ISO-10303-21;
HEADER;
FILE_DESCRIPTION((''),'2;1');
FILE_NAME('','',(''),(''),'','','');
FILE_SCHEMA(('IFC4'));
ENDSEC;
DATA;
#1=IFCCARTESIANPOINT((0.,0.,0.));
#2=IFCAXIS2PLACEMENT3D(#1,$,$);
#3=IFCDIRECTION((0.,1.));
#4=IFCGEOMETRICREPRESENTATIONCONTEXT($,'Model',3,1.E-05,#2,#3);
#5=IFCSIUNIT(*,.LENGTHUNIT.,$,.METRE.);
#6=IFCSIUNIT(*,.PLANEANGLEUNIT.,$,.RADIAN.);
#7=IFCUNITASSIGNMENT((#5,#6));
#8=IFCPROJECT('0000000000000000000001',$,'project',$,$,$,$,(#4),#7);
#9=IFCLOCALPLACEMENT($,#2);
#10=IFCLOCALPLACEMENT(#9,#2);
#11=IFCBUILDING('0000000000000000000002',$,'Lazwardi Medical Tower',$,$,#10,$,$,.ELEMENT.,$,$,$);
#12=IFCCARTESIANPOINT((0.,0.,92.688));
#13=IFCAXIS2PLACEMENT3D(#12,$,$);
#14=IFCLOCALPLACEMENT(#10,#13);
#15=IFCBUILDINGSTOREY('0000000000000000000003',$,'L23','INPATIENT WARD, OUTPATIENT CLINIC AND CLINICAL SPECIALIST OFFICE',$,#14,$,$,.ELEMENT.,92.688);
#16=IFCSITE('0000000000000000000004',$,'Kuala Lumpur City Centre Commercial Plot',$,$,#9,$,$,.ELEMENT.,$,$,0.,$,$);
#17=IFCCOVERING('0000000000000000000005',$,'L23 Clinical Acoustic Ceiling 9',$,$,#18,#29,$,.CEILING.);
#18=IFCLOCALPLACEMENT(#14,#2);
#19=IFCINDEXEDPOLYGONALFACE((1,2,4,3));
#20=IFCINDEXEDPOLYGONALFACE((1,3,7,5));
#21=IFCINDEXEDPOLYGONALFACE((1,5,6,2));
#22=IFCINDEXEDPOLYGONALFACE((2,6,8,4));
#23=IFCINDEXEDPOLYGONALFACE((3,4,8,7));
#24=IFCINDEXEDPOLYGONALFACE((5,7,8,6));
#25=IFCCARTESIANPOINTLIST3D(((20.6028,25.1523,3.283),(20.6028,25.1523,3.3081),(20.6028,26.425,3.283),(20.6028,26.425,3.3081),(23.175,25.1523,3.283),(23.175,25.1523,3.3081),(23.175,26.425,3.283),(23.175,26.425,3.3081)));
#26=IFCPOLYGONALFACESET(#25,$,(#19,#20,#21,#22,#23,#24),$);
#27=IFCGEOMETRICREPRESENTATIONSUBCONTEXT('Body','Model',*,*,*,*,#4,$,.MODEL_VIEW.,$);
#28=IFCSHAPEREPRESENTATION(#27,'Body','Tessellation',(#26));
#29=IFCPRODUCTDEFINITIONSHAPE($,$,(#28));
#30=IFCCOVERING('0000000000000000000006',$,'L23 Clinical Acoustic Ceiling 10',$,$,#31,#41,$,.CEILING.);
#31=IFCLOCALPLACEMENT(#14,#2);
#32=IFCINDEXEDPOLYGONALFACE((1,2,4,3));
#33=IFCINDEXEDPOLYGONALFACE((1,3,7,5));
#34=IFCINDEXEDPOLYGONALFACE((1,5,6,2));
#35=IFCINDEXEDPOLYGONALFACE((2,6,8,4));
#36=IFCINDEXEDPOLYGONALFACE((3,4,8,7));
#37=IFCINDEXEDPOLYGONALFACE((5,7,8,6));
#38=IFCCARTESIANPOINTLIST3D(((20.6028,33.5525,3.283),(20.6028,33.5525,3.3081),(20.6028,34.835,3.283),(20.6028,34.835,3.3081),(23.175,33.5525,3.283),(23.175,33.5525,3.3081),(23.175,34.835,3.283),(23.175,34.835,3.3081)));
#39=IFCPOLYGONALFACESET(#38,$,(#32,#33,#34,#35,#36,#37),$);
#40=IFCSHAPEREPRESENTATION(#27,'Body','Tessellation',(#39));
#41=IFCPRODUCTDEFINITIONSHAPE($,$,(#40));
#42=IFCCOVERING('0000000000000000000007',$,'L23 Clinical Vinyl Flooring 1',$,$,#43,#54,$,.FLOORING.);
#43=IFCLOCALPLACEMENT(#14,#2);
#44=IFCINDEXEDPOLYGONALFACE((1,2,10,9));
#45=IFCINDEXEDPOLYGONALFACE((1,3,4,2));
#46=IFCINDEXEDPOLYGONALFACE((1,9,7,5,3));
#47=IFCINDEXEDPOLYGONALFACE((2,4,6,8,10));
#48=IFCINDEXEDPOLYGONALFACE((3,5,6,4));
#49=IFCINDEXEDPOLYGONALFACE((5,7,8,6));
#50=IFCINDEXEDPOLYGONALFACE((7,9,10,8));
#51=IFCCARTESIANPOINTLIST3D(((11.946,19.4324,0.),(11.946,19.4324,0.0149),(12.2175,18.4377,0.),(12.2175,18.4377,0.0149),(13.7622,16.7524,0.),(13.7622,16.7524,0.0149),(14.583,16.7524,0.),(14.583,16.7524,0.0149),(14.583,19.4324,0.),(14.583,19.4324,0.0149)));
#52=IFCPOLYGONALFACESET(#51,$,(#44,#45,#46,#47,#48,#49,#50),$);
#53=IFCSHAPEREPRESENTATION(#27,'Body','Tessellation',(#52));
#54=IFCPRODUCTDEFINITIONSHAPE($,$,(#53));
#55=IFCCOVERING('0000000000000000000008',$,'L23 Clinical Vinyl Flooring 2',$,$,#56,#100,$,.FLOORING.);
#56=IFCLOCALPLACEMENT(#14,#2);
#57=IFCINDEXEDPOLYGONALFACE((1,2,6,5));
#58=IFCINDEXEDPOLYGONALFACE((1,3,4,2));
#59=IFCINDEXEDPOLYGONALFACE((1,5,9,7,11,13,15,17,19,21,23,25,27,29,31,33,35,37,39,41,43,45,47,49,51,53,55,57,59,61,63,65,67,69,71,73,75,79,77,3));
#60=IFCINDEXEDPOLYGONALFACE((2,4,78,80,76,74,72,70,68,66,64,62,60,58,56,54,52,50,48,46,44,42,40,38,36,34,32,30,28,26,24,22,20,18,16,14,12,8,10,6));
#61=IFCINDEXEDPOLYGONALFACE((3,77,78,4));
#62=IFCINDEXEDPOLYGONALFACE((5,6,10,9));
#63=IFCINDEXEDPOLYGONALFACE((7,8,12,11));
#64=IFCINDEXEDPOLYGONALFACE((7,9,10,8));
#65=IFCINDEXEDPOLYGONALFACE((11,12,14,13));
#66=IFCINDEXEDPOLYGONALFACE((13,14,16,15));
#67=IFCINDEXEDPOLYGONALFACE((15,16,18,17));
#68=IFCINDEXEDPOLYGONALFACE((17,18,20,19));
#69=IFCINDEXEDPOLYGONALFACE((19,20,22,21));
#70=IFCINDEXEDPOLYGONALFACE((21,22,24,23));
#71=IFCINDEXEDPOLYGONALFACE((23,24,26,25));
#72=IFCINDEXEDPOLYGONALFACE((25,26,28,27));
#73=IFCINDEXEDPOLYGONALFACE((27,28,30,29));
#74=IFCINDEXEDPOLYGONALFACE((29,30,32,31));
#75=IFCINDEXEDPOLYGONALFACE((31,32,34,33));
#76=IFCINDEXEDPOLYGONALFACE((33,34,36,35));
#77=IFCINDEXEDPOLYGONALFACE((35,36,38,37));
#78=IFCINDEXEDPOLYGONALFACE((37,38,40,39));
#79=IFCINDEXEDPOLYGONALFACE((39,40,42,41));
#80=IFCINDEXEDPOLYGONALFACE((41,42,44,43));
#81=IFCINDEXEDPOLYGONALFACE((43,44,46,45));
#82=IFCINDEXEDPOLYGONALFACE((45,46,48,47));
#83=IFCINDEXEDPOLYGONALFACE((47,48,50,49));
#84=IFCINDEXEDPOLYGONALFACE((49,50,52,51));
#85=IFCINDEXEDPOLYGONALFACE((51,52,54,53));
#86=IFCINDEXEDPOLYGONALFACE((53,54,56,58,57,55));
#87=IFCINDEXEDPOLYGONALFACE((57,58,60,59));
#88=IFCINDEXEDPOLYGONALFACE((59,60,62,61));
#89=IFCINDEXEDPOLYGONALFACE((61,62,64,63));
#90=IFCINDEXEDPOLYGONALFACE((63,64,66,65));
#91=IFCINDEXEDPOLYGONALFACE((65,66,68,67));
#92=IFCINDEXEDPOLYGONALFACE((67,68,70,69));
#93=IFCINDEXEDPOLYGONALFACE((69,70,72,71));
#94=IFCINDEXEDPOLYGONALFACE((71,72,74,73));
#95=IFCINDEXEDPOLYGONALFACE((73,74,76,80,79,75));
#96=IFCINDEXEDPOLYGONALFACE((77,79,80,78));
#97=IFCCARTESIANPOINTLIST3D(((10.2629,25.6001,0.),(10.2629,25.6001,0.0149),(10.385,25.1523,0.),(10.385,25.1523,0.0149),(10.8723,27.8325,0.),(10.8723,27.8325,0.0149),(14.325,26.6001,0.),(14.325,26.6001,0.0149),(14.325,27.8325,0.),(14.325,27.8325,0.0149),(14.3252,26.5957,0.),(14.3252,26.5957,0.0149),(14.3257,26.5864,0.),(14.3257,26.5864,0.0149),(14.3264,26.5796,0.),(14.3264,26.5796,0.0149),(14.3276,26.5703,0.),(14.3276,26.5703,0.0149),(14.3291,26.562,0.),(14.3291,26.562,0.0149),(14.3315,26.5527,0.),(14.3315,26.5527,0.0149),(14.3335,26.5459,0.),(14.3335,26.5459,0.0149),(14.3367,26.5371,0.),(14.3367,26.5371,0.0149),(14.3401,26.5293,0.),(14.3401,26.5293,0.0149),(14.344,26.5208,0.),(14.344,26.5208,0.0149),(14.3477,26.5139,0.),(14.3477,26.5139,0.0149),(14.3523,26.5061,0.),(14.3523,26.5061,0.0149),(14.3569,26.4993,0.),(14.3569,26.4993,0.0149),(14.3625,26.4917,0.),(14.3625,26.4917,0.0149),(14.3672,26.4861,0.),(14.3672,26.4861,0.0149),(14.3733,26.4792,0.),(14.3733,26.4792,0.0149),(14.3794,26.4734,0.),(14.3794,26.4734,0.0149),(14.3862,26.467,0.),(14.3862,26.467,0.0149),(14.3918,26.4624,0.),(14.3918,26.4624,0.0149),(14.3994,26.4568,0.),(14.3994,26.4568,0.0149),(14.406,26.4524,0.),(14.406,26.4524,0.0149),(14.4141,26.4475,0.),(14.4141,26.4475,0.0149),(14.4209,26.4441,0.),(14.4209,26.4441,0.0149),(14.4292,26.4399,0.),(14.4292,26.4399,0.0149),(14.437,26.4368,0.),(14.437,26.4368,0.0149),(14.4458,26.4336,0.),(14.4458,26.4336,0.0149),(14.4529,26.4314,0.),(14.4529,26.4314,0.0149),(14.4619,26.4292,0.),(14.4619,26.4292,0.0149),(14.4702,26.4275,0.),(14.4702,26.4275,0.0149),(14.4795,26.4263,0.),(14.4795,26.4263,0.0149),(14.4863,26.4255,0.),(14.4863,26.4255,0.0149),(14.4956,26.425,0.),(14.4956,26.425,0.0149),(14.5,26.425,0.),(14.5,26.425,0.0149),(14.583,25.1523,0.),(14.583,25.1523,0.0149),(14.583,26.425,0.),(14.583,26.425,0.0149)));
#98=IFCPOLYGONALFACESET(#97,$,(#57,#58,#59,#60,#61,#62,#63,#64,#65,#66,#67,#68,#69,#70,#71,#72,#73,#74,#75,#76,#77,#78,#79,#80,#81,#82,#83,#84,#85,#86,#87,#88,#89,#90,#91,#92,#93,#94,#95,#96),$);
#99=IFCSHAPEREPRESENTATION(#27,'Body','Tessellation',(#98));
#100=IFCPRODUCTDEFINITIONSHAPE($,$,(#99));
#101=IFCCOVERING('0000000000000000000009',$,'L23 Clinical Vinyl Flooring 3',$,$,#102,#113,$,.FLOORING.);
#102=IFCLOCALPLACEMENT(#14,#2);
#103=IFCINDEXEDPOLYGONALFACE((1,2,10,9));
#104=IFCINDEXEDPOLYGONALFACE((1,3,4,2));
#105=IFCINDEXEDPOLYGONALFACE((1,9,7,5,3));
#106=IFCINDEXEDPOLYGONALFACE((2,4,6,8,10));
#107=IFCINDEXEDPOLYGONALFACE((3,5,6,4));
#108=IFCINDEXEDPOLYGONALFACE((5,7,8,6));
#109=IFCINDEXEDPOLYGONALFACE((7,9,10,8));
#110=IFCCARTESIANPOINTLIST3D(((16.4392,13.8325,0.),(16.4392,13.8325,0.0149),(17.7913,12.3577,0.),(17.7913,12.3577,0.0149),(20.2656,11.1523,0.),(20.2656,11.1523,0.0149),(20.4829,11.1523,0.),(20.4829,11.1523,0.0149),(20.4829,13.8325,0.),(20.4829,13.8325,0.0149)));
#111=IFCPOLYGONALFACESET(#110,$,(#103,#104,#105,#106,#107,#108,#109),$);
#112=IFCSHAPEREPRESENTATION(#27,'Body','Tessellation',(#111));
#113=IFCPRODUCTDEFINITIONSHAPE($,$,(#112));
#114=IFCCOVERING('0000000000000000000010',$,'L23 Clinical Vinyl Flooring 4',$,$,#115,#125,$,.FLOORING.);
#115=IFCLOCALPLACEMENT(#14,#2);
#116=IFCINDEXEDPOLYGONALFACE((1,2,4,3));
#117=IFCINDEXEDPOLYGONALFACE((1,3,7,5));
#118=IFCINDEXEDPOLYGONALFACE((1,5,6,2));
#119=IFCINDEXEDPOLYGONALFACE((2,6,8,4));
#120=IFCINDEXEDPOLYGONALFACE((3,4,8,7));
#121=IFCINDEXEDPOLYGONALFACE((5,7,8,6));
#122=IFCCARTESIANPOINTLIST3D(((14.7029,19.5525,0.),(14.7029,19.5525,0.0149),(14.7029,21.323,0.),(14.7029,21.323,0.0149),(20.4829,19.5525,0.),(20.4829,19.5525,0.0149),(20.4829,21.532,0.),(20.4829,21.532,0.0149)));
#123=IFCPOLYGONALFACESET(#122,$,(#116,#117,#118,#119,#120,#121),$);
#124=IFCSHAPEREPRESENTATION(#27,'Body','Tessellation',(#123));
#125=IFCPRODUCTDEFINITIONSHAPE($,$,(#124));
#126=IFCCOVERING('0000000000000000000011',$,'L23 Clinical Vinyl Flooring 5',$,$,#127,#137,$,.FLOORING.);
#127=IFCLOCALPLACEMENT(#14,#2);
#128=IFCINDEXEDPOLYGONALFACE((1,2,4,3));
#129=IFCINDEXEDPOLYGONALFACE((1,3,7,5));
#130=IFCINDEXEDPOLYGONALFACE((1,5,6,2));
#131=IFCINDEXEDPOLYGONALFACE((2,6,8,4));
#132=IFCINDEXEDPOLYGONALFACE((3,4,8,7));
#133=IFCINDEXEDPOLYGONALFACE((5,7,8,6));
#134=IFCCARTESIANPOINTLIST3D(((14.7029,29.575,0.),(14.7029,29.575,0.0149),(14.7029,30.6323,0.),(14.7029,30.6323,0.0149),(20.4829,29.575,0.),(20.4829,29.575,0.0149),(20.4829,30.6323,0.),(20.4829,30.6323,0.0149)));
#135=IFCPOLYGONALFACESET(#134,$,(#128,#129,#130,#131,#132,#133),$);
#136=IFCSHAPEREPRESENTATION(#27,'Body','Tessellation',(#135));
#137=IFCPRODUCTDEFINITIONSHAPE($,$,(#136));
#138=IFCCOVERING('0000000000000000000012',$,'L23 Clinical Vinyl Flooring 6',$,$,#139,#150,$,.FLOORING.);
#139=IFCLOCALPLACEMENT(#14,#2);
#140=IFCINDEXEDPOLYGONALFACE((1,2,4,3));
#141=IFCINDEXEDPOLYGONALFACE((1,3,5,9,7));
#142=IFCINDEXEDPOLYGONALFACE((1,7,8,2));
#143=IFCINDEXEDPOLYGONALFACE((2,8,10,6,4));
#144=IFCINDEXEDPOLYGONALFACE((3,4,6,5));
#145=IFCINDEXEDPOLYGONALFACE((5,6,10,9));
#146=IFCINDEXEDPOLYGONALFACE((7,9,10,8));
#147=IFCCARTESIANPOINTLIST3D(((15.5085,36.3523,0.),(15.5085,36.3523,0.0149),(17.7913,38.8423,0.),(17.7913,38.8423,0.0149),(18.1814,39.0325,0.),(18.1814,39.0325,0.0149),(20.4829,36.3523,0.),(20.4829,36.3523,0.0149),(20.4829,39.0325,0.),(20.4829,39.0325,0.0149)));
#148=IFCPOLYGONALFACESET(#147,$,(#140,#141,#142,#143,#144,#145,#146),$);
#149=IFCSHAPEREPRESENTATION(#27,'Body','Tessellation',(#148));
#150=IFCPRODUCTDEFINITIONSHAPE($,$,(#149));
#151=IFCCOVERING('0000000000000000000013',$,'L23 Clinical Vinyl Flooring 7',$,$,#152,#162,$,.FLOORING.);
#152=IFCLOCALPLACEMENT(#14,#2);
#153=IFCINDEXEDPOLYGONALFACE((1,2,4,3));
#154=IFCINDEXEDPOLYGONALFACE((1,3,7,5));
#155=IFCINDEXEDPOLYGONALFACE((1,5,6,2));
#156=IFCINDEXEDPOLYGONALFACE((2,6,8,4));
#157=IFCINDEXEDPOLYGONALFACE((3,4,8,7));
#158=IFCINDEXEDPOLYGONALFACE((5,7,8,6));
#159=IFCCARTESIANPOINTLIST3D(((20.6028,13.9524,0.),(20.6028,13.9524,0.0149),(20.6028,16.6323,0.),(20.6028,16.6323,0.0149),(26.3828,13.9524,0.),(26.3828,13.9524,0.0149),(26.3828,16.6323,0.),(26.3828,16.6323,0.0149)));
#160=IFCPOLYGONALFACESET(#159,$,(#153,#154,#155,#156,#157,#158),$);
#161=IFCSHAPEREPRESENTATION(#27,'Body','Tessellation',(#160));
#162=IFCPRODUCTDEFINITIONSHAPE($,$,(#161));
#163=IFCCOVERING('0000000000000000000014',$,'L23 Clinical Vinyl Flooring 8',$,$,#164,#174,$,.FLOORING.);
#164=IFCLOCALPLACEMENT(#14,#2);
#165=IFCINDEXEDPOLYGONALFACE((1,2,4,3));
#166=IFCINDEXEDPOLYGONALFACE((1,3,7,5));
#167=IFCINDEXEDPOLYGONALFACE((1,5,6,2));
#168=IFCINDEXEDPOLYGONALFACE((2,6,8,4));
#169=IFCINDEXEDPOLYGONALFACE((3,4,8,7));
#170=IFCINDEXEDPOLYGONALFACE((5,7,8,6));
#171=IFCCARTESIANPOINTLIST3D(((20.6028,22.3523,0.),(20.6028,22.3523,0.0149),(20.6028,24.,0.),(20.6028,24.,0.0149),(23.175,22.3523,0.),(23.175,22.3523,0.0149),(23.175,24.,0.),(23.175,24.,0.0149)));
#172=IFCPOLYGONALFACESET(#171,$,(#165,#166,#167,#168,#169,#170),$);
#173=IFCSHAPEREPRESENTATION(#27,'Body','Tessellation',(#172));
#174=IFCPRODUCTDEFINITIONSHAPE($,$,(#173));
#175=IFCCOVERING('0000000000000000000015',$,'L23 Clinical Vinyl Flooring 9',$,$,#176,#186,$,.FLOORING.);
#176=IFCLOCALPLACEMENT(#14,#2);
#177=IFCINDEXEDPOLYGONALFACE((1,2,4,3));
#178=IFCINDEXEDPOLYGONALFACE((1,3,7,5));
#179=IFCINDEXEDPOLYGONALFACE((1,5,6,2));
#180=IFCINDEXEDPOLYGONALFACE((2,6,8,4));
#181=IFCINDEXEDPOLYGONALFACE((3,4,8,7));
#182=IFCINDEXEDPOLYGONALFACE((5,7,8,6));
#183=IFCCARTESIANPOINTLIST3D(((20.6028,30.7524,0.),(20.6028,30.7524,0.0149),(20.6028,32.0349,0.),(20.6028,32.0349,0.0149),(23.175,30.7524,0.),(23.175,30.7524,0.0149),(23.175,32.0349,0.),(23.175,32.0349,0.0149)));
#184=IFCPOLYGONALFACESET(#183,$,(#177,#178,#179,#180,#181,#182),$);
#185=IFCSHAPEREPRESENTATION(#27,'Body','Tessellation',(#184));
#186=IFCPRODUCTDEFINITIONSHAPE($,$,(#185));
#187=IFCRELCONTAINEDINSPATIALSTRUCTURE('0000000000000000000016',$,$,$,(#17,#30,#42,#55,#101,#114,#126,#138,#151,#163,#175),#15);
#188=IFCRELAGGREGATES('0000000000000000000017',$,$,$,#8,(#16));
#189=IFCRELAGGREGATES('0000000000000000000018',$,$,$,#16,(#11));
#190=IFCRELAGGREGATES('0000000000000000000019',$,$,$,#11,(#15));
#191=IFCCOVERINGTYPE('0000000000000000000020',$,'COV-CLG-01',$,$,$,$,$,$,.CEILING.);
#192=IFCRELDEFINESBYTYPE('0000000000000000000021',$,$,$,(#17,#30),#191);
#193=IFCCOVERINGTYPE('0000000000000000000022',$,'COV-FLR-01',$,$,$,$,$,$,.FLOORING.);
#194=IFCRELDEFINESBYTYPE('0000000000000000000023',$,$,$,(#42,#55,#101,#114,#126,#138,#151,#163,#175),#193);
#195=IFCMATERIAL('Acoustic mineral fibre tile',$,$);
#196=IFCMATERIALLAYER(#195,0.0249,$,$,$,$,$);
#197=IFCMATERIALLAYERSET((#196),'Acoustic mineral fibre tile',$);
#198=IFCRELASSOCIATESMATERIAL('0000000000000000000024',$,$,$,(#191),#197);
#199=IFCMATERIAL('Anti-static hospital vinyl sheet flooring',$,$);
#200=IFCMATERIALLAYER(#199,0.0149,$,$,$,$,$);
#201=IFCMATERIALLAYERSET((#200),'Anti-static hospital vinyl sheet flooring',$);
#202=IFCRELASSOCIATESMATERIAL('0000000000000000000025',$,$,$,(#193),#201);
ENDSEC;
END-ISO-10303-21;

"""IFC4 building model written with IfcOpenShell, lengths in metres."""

from ifc_helpers import new_model, si_unit, direction, frame, origin, place, context, subcontext, project, spatial, polyline, outline, extrude, material, layer, layer_set, type_object, element, save


model = new_model("IFC4")

# Units and contexts
model_context = context("Model", 3, precision=1e-05, world=origin(), true_north=direction((0.0, 1.0)))
body_context = subcontext(model_context, "Body", "Model", "MODEL_VIEW")
ifc_project = project(units=[si_unit("LENGTHUNIT", "METRE"), si_unit("PLANEANGLEUNIT", "RADIAN")], contexts=[model_context])

# Site, building, storey
site_placement = place(None, origin())
site = spatial("IfcSite", under=ifc_project, at=site_placement, Name="Kuala Lumpur City Centre Commercial Plot", CompositionType="ELEMENT", RefElevation=0.0)
building_placement = place(site_placement, origin())
building = spatial("IfcBuilding", under=site, at=building_placement, Name="Lazwardi Medical Tower", CompositionType="ELEMENT")
storey_placement = place(building_placement, frame((0.0, 0.0, 92.688)))
storey = spatial("IfcBuildingStorey", under=building, at=storey_placement, Name="L23", Description="INPATIENT WARD, OUTPATIENT CLINIC AND CLINICAL SPECIALIST OFFICE", CompositionType="ELEMENT", Elevation=92.688)

# Coverings
ifc_material_1 = material(Name="Acoustic mineral fibre tile")
ifc_layer_1 = layer(ifc_material_1, 0.0249)
ifc_layer_set_1 = layer_set([ifc_layer_1], Name="Acoustic mineral fibre tile")
covering_type_1 = type_object("IfcCoveringType", Name="COV-CLG-01", PredefinedType="CEILING", material=ifc_layer_set_1)
covering_1_placement = place(storey_placement, frame((0.0, 0.0, 3.283)))
element("IfcCovering", 1, at=covering_1_placement, inside=storey, type_object=covering_type_1, Name="L23 Clinical Acoustic Ceiling 9", PredefinedType="CEILING", context=body_context, shape_type="SweptSolid", body=[
    extrude(outline(polyline([(23.175, 25.1523), (23.175, 26.425), (20.6028, 26.425), (20.6028, 25.1523), (23.175, 25.1523)])), origin(), (0.0, 0.0, 1.0), 0.0251),
])
covering_2_placement = place(storey_placement, frame((0.0, 0.0, 3.283)))
element("IfcCovering", 2, at=covering_2_placement, inside=storey, type_object=covering_type_1, Name="L23 Clinical Acoustic Ceiling 10", PredefinedType="CEILING", context=body_context, shape_type="SweptSolid", body=[
    extrude(outline(polyline([(23.175, 33.5525), (23.175, 34.835), (20.6028, 34.835), (20.6028, 33.5525), (23.175, 33.5525)])), origin(), (0.0, 0.0, 1.0), 0.0251),
])
ifc_material_2 = material(Name="Anti-static hospital vinyl sheet flooring")
ifc_layer_2 = layer(ifc_material_2, 0.0149)
ifc_layer_set_2 = layer_set([ifc_layer_2], Name="Anti-static hospital vinyl sheet flooring")
covering_type_2 = type_object("IfcCoveringType", Name="COV-FLR-01", PredefinedType="FLOORING", material=ifc_layer_set_2)
covering_3_placement = place(storey_placement, origin())
element("IfcCovering", 3, at=covering_3_placement, inside=storey, type_object=covering_type_2, Name="L23 Clinical Vinyl Flooring 1", PredefinedType="FLOORING", context=body_context, shape_type="SweptSolid", body=[
    extrude(outline(polyline([(11.946, 19.4324), (12.2175, 18.4377), (13.7622, 16.7524), (14.583, 16.7524), (14.583, 19.4324), (11.946, 19.4324)])), origin(), (0.0, 0.0, 1.0), 0.0149),
])
covering_4_placement = place(storey_placement, origin())
element("IfcCovering", 4, at=covering_4_placement, inside=storey, type_object=covering_type_2, Name="L23 Clinical Vinyl Flooring 2", PredefinedType="FLOORING", context=body_context, shape_type="SweptSolid", body=[
    extrude(outline(polyline([(14.583, 26.425), (14.5, 26.425), (14.4956, 26.425), (14.4863, 26.4255), (14.4795, 26.4263), (14.4702, 26.4275), (14.4619, 26.4292), (14.4529, 26.4314), (14.4458, 26.4336), (14.437, 26.4368), (14.4292, 26.4399), (14.4209, 26.4441), (14.4141, 26.4475), (14.406, 26.4524), (14.3994, 26.4568), (14.3918, 26.4624), (14.3862, 26.467), (14.3794, 26.4734), (14.3733, 26.4792), (14.3672, 26.4861), (14.3625, 26.4917), (14.3569, 26.4993), (14.3523, 26.5061), (14.3477, 26.5139), (14.344, 26.5208), (14.3401, 26.5293), (14.3367, 26.5371), (14.3335, 26.5459), (14.3315, 26.5527), (14.3291, 26.562), (14.3276, 26.5703), (14.3264, 26.5796), (14.3257, 26.5864), (14.3252, 26.5957), (14.325, 26.6001), (14.325, 27.8325), (10.8723, 27.8325), (10.2629, 25.6001), (10.385, 25.1523), (14.583, 25.1523), (14.583, 26.425)])), origin(), (0.0, 0.0, 1.0), 0.0149),
])
covering_5_placement = place(storey_placement, origin())
element("IfcCovering", 5, at=covering_5_placement, inside=storey, type_object=covering_type_2, Name="L23 Clinical Vinyl Flooring 3", PredefinedType="FLOORING", context=body_context, shape_type="SweptSolid", body=[
    extrude(outline(polyline([(16.4392, 13.8325), (17.7913, 12.3577), (20.2656, 11.1523), (20.4829, 11.1523), (20.4829, 13.8325), (16.4392, 13.8325)])), origin(), (0.0, 0.0, 1.0), 0.0149),
])
covering_6_placement = place(storey_placement, origin())
element("IfcCovering", 6, at=covering_6_placement, inside=storey, type_object=covering_type_2, Name="L23 Clinical Vinyl Flooring 4", PredefinedType="FLOORING", context=body_context, shape_type="SweptSolid", body=[
    extrude(outline(polyline([(20.4829, 21.532), (14.7029, 21.323), (14.7029, 19.5525), (20.4829, 19.5525), (20.4829, 21.532)])), origin(), (0.0, 0.0, 1.0), 0.0149),
])
covering_7_placement = place(storey_placement, origin())
element("IfcCovering", 7, at=covering_7_placement, inside=storey, type_object=covering_type_2, Name="L23 Clinical Vinyl Flooring 5", PredefinedType="FLOORING", context=body_context, shape_type="SweptSolid", body=[
    extrude(outline(polyline([(14.7029, 29.575), (20.4829, 29.575), (20.4829, 30.6323), (14.7029, 30.6323), (14.7029, 29.575)])), origin(), (0.0, 0.0, 1.0), 0.0149),
])
covering_8_placement = place(storey_placement, origin())
element("IfcCovering", 8, at=covering_8_placement, inside=storey, type_object=covering_type_2, Name="L23 Clinical Vinyl Flooring 6", PredefinedType="FLOORING", context=body_context, shape_type="SweptSolid", body=[
    extrude(outline(polyline([(18.1814, 39.0325), (17.7913, 38.8423), (15.5085, 36.3523), (20.4829, 36.3523), (20.4829, 39.0325), (18.1814, 39.0325)])), origin(), (0.0, 0.0, 1.0), 0.0149),
])
covering_9_placement = place(storey_placement, origin())
element("IfcCovering", 9, at=covering_9_placement, inside=storey, type_object=covering_type_2, Name="L23 Clinical Vinyl Flooring 7", PredefinedType="FLOORING", context=body_context, shape_type="SweptSolid", body=[
    extrude(outline(polyline([(26.3828, 13.9524), (26.3828, 16.6323), (20.6028, 16.6323), (20.6028, 13.9524), (26.3828, 13.9524)])), origin(), (0.0, 0.0, 1.0), 0.0149),
])
covering_10_placement = place(storey_placement, origin())
element("IfcCovering", 10, at=covering_10_placement, inside=storey, type_object=covering_type_2, Name="L23 Clinical Vinyl Flooring 8", PredefinedType="FLOORING", context=body_context, shape_type="SweptSolid", body=[
    extrude(outline(polyline([(23.175, 22.3523), (23.175, 24.0), (20.6028, 24.0), (20.6028, 22.3523), (23.175, 22.3523)])), origin(), (0.0, 0.0, 1.0), 0.0149),
])
covering_11_placement = place(storey_placement, origin())
element("IfcCovering", 11, at=covering_11_placement, inside=storey, type_object=covering_type_2, Name="L23 Clinical Vinyl Flooring 9", PredefinedType="FLOORING", context=body_context, shape_type="SweptSolid", body=[
    extrude(outline(polyline([(23.175, 30.7524), (23.175, 32.0349), (20.6028, 32.0349), (20.6028, 30.7524), (23.175, 30.7524)])), origin(), (0.0, 0.0, 1.0), 0.0149),
])

save(model, "model.ifc")
